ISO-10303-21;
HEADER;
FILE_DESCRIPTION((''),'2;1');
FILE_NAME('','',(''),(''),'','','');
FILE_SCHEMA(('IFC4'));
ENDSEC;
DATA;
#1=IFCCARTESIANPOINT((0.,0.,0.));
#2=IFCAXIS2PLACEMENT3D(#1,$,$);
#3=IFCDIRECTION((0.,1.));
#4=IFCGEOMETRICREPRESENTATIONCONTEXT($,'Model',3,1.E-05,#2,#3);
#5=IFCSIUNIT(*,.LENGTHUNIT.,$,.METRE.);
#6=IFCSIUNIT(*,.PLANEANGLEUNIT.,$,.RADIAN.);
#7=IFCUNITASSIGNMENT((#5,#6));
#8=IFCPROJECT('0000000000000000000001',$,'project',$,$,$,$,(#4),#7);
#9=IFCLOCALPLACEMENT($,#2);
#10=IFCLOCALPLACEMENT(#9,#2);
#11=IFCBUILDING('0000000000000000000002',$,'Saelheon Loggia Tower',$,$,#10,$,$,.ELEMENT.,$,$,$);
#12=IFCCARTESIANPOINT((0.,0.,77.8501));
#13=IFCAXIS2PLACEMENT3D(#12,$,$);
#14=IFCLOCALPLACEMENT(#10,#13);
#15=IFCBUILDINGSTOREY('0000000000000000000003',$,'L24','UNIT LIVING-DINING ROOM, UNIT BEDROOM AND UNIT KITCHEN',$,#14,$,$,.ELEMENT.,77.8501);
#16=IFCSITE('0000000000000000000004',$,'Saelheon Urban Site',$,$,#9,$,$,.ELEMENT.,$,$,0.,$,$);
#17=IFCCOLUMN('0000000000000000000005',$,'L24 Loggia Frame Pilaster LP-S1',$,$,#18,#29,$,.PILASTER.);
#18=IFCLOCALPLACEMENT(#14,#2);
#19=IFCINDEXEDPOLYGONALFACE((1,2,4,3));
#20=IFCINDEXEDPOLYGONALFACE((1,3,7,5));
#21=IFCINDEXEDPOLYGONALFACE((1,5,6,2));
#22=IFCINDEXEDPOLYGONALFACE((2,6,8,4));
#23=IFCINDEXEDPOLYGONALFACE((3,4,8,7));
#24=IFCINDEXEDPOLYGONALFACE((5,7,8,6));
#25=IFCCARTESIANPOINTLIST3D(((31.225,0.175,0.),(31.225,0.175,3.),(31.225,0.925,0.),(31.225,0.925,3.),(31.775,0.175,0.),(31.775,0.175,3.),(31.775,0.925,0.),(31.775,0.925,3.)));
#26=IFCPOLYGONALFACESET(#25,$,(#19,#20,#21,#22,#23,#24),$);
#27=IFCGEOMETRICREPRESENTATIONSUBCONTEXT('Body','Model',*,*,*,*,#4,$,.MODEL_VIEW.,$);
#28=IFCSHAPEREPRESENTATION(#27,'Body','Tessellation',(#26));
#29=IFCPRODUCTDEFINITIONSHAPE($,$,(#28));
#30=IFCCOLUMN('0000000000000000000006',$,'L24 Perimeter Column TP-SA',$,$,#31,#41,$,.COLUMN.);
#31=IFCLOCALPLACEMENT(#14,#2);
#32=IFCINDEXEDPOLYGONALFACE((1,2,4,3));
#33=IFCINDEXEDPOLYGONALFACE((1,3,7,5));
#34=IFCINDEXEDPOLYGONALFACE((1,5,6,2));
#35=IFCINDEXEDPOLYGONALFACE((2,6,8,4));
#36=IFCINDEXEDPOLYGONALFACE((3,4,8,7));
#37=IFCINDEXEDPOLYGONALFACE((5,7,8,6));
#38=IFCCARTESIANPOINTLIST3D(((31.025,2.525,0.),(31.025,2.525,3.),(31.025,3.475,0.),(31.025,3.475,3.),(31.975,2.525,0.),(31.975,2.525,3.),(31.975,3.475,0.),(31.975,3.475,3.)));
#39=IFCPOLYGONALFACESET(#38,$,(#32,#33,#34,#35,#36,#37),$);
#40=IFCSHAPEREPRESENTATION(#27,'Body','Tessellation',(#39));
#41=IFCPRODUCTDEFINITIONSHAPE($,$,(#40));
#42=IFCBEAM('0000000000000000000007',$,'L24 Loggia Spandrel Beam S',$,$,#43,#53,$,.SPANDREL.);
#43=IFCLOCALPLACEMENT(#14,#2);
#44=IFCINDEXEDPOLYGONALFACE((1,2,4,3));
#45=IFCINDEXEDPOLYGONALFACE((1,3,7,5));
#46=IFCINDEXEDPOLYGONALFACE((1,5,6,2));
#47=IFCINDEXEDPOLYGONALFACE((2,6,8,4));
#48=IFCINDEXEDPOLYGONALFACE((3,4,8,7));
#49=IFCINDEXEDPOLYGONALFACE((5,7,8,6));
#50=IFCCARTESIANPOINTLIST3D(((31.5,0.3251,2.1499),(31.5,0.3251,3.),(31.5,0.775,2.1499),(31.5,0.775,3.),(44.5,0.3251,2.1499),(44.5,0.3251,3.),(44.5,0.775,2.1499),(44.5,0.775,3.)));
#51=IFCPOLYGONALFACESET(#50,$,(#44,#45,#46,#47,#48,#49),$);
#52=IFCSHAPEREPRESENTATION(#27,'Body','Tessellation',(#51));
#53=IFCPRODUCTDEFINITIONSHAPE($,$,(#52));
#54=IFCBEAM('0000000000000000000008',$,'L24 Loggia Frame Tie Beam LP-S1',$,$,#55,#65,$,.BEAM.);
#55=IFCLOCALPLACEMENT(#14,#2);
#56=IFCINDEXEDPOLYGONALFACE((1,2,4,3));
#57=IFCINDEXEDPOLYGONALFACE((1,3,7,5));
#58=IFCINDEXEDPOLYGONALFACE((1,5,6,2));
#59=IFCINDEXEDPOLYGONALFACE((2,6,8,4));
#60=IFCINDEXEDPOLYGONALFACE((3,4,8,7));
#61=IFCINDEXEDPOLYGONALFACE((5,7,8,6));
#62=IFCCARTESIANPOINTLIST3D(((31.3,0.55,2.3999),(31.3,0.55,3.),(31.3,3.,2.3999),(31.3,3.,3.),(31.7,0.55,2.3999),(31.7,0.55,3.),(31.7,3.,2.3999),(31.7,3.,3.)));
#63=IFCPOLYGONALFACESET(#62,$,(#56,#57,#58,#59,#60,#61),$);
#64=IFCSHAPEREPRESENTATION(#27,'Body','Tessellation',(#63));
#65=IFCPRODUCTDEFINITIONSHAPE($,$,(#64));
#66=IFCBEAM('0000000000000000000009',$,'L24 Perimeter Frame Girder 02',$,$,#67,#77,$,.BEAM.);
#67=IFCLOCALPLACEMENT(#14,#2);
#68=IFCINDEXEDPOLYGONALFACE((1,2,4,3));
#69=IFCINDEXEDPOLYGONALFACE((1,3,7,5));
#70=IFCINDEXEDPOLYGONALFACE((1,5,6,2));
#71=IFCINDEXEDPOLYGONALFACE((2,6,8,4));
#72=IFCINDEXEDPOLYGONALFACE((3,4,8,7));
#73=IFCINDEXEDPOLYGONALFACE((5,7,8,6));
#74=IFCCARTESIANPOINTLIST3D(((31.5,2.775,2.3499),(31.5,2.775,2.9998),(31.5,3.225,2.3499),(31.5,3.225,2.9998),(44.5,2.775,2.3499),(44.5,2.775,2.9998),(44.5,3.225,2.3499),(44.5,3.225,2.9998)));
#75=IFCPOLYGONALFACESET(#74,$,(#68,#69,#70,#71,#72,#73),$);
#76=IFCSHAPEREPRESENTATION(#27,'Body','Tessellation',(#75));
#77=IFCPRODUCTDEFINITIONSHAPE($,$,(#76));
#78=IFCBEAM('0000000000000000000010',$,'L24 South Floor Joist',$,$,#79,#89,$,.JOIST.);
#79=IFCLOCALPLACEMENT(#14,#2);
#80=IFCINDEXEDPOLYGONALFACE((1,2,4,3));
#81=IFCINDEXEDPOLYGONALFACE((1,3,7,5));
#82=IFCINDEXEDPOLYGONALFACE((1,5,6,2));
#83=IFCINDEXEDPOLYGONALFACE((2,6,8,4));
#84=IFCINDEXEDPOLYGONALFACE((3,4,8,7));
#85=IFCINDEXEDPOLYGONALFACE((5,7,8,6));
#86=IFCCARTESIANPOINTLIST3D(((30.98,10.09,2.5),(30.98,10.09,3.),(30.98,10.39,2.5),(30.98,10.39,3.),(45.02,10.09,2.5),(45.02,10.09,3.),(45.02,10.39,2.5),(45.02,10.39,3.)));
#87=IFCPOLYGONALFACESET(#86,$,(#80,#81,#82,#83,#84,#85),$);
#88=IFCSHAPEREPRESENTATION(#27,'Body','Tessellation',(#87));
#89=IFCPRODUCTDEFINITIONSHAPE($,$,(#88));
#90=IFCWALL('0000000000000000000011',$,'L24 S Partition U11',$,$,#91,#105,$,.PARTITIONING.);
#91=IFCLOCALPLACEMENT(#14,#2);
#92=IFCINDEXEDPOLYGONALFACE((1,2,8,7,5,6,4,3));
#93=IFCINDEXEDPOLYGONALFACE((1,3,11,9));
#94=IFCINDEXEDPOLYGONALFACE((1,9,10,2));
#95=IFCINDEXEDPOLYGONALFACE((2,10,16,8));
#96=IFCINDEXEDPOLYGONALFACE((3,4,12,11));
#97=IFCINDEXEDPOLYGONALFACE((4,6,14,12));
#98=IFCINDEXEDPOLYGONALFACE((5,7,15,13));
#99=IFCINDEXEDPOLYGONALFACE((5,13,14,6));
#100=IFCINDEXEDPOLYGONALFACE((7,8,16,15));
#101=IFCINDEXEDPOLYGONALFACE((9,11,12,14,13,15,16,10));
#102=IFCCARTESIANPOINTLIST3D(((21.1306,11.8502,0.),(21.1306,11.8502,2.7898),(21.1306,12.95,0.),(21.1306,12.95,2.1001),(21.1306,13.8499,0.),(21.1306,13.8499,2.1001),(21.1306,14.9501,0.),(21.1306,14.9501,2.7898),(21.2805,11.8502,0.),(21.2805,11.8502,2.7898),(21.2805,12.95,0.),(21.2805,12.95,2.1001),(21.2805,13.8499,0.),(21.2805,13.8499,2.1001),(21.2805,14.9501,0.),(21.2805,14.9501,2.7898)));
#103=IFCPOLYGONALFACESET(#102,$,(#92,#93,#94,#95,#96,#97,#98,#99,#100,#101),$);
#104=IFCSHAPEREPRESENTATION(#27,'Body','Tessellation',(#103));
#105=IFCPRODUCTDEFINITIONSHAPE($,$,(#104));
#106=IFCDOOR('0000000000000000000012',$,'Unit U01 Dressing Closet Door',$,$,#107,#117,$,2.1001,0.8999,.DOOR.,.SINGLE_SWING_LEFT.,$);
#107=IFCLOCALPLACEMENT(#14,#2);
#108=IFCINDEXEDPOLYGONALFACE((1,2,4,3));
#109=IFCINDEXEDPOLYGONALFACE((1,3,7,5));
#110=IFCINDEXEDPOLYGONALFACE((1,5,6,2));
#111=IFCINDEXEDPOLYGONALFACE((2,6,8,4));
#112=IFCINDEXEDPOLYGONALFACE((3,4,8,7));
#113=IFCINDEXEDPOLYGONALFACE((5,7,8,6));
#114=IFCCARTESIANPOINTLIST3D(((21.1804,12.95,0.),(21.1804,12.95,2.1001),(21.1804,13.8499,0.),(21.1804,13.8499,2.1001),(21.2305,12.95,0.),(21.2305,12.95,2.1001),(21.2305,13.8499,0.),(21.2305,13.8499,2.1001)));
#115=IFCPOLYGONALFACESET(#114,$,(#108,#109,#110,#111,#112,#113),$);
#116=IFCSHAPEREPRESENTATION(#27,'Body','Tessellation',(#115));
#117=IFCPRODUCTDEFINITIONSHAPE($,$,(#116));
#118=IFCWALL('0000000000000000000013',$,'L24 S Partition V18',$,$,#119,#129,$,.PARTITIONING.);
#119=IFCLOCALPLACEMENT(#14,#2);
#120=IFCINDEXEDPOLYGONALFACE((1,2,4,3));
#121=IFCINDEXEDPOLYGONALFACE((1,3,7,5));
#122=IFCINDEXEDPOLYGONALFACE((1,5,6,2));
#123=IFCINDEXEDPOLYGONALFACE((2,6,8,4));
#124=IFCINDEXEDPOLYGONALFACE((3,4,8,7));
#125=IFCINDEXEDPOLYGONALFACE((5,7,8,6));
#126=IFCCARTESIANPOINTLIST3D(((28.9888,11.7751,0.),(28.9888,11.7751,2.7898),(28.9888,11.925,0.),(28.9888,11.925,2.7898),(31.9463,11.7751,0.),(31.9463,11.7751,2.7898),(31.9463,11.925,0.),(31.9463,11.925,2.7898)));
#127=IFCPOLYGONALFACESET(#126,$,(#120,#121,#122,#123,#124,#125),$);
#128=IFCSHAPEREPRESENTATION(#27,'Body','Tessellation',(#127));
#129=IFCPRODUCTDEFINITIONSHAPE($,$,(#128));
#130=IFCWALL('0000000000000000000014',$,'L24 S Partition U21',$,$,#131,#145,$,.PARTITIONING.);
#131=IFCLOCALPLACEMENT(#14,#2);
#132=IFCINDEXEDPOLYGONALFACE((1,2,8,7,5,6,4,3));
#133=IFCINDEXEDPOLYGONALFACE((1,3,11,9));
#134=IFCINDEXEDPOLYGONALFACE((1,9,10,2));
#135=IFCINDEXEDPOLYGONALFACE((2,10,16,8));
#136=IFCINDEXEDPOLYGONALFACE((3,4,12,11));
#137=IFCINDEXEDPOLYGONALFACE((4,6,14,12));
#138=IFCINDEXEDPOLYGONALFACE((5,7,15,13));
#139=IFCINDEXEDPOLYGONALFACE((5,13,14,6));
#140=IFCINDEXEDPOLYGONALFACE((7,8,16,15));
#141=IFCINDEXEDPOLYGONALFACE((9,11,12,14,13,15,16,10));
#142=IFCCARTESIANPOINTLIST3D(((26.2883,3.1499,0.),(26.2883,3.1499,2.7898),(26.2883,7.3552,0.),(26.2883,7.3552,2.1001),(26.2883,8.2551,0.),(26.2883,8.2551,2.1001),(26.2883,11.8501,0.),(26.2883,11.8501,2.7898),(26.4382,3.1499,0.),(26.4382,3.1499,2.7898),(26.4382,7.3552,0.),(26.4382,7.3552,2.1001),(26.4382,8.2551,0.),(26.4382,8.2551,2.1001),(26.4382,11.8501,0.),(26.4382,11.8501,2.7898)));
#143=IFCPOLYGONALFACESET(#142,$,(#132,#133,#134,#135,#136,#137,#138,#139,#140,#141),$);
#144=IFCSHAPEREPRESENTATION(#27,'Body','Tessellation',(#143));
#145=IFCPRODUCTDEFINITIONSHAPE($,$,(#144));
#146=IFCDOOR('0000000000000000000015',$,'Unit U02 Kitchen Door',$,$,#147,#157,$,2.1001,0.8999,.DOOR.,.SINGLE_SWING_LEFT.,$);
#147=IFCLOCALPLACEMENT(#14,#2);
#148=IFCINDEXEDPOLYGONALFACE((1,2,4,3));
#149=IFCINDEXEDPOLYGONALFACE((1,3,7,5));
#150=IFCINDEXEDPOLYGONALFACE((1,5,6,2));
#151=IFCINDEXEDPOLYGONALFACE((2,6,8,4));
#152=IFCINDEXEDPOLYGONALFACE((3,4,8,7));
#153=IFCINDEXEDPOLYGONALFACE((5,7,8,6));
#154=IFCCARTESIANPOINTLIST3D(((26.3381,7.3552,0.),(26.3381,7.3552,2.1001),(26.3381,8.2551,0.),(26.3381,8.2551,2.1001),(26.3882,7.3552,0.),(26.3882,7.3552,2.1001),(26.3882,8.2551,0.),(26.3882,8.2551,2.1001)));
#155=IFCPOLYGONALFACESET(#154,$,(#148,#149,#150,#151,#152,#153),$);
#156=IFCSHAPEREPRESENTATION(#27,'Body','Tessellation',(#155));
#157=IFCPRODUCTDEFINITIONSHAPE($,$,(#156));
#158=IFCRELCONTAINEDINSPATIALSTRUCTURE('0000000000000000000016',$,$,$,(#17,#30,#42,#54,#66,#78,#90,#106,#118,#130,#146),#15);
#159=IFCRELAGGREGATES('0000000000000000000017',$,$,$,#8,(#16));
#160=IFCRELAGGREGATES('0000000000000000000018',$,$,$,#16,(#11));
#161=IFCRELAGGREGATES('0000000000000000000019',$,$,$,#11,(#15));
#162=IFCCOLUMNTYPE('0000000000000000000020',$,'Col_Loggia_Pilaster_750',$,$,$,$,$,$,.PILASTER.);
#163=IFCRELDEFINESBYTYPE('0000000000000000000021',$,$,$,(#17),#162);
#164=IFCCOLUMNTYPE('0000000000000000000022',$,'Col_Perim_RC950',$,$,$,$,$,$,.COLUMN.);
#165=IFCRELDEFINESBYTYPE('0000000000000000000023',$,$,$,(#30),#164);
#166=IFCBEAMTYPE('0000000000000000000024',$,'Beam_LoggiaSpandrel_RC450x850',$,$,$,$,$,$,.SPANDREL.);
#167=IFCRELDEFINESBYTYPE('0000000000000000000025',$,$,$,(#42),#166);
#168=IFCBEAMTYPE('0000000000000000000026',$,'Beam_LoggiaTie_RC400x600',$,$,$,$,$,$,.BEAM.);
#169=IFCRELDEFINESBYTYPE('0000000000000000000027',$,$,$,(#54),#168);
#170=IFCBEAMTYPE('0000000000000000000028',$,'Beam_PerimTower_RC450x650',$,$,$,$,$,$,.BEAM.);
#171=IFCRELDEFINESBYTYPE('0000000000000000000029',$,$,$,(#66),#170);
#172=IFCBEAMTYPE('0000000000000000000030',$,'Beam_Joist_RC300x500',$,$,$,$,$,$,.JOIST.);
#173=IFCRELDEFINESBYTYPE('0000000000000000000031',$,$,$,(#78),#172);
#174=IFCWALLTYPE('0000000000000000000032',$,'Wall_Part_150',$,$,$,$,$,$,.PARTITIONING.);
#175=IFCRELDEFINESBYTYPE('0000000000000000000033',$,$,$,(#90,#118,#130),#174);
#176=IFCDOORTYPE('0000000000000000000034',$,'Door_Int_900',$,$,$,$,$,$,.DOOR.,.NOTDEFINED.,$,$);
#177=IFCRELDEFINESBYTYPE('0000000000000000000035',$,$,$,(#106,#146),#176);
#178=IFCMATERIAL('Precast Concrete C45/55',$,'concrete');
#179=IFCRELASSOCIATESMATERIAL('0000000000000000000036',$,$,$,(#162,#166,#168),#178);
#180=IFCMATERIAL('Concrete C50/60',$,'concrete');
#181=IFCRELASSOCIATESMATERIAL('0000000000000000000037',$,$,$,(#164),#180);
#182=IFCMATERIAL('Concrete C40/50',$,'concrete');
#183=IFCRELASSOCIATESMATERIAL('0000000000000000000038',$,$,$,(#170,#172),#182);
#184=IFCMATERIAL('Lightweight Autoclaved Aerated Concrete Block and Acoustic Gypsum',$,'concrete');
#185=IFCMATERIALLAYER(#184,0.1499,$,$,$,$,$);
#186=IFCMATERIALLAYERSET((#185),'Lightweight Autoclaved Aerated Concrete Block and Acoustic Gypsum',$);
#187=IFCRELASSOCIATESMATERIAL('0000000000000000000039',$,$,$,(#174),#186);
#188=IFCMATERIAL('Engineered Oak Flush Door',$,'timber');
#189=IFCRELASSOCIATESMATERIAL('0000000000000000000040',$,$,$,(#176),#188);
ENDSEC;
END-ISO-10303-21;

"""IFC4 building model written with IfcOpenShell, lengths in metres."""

from ifc_helpers import new_model, si_unit, direction, frame, frame_2d, origin, origin_2d, place, context, subcontext, project, spatial, rectangle, extrude, source, transform, mapped, material, layer, layer_set, material_profile, profile_set, type_object, element, fill, save


model = new_model("IFC4")

# Units and contexts
model_context = context("Model", 3, precision=1e-05, world=origin(), true_north=direction((0.0, 1.0)))
body_context = subcontext(model_context, "Body", "Model", "MODEL_VIEW")
ifc_project = project(units=[si_unit("LENGTHUNIT", "METRE"), si_unit("PLANEANGLEUNIT", "RADIAN")], contexts=[model_context])

# Site, building, storey
site_placement = place(None, origin())
site = spatial("IfcSite", under=ifc_project, at=site_placement, Name="Saelheon Urban Site", CompositionType="ELEMENT", RefElevation=0.0)
building_placement = place(site_placement, origin())
building = spatial("IfcBuilding", under=site, at=building_placement, Name="Saelheon Loggia Tower", CompositionType="ELEMENT")
storey_placement = place(building_placement, frame((0.0, 0.0, 77.8501)))
storey = spatial("IfcBuildingStorey", under=building, at=storey_placement, Name="L24", Description="UNIT LIVING-DINING ROOM, UNIT BEDROOM AND UNIT KITCHEN", CompositionType="ELEMENT", Elevation=77.8501)

# Columns
ifc_material_1 = material(Name="Precast Concrete C45/55", Category="concrete")
ifc_material_profile_1 = material_profile(ifc_material_1, rectangle(XDim=0.55, YDim=0.75, at=origin_2d()), Name="RC-550x750")
ifc_profile_set_1 = profile_set([ifc_material_profile_1], Name="Precast Concrete C45/55")
column_type_1 = type_object("IfcColumnType", Name="Col_Loggia_Pilaster_750", PredefinedType="PILASTER", material=ifc_profile_set_1)
shared_shape_1 = source(origin(), body_context, "Body", "SweptSolid", [
    extrude(rectangle(XDim=0.55, YDim=0.75, at=origin_2d()), origin(), (0.0, 0.0, 1.0), 3.0),
])
column_1_placement = place(storey_placement, frame((31.5, 0.55, 0.0), z_axis=(0.0, 0.0, 1.0), x_axis=(1.0, 0.0, 0.0)))
element("IfcColumn", 1, at=column_1_placement, inside=storey, type_object=column_type_1, Name="L24 Loggia Frame Pilaster LP-S1", PredefinedType="PILASTER", context=body_context, shape_type="MappedRepresentation", body=[
    mapped(shared_shape_1, transform((0.0, 0.0, 0.0), scale=1.0)),
])
ifc_material_2 = material(Name="Concrete C50/60", Category="concrete")
ifc_material_profile_2 = material_profile(ifc_material_2, rectangle(XDim=0.95, YDim=0.95, at=origin_2d()), Name="RC-950x950")
ifc_profile_set_2 = profile_set([ifc_material_profile_2], Name="Concrete C50/60")
column_type_2 = type_object("IfcColumnType", Name="Col_Perim_RC950", PredefinedType="COLUMN", material=ifc_profile_set_2)
shared_shape_2 = source(origin(), body_context, "Body", "SweptSolid", [
    extrude(rectangle(XDim=0.95, YDim=0.95, at=origin_2d()), origin(), (0.0, 0.0, 1.0), 3.0),
])
column_2_placement = place(storey_placement, frame((31.5, 3.0, 0.0), z_axis=(0.0, 0.0, 1.0), x_axis=(1.0, 0.0, 0.0)))
element("IfcColumn", 2, at=column_2_placement, inside=storey, type_object=column_type_2, Name="L24 Perimeter Column TP-SA", PredefinedType="COLUMN", context=body_context, shape_type="MappedRepresentation", body=[
    mapped(shared_shape_2, transform((0.0, 0.0, 0.0), scale=1.0)),
])

# Beams
ifc_material_profile_3 = material_profile(ifc_material_1, rectangle(XDim=0.45, YDim=0.8501, at=origin_2d()), Name="RC-450x850")
ifc_profile_set_3 = profile_set([ifc_material_profile_3], Name="Precast Concrete C45/55")
beam_type_1 = type_object("IfcBeamType", Name="Beam_LoggiaSpandrel_RC450x850", PredefinedType="SPANDREL", material=ifc_profile_set_3)
shared_shape_3 = source(origin(), body_context, "Body", "SweptSolid", [
    extrude(rectangle(XDim=0.45, YDim=0.8501, at=origin_2d()), origin(), (0.0, 0.0, 1.0), 13.0),
])
beam_1_placement = place(storey_placement, frame((31.5, 0.55, 2.575), z_axis=(1.0, 0.0, 0.0), x_axis=(0.0, 1.0, 0.0)))
element("IfcBeam", 3, at=beam_1_placement, inside=storey, type_object=beam_type_1, Name="L24 Loggia Spandrel Beam S", PredefinedType="SPANDREL", context=body_context, shape_type="MappedRepresentation", body=[
    mapped(shared_shape_3, transform((0.0, 0.0, 0.0), scale=1.0)),
])
ifc_material_profile_4 = material_profile(ifc_material_1, rectangle(XDim=0.3999, YDim=0.6001, at=origin_2d()), Name="RC-400x600")
ifc_profile_set_4 = profile_set([ifc_material_profile_4], Name="Precast Concrete C45/55")
beam_type_2 = type_object("IfcBeamType", Name="Beam_LoggiaTie_RC400x600", PredefinedType="BEAM", material=ifc_profile_set_4)
shared_shape_4 = source(origin(), body_context, "Body", "SweptSolid", [
    extrude(rectangle(XDim=0.3999, YDim=0.6001, at=origin_2d()), origin(), (0.0, 0.0, 1.0), 2.45),
])
beam_2_placement = place(storey_placement, frame((31.5, 3.0, 2.7), z_axis=(0.0, -1.0, 0.0), x_axis=(1.0, 0.0, 0.0)))
element("IfcBeam", 4, at=beam_2_placement, inside=storey, type_object=beam_type_2, Name="L24 Loggia Frame Tie Beam LP-S1", PredefinedType="BEAM", context=body_context, shape_type="MappedRepresentation", body=[
    mapped(shared_shape_4, transform((0.0, 0.0, 0.0), scale=1.0)),
])
ifc_material_3 = material(Name="Concrete C40/50", Category="concrete")
ifc_material_profile_5 = material_profile(ifc_material_3, rectangle(XDim=0.45, YDim=0.6499, at=origin_2d()), Name="RC-450x650")
ifc_profile_set_5 = profile_set([ifc_material_profile_5], Name="Concrete C40/50")
beam_type_3 = type_object("IfcBeamType", Name="Beam_PerimTower_RC450x650", PredefinedType="BEAM", material=ifc_profile_set_5)
shared_shape_5 = source(origin(), body_context, "Body", "SweptSolid", [
    extrude(rectangle(XDim=0.45, YDim=0.6499, at=origin_2d()), origin(), (0.0, 0.0, 1.0), 13.0),
])
beam_3_placement = place(storey_placement, frame((31.5, 3.0, 2.6748), z_axis=(1.0, 0.0, 0.0), x_axis=(0.0, 1.0, 0.0)))
element("IfcBeam", 5, at=beam_3_placement, inside=storey, type_object=beam_type_3, Name="L24 Perimeter Frame Girder 02", PredefinedType="BEAM", context=body_context, shape_type="MappedRepresentation", body=[
    mapped(shared_shape_5, transform((0.0, 0.0, 0.0), scale=1.0)),
])
ifc_material_profile_6 = material_profile(ifc_material_3, rectangle(XDim=0.3, YDim=0.5, at=origin_2d()), Name="RC-300x500")
ifc_profile_set_6 = profile_set([ifc_material_profile_6], Name="Concrete C40/50")
beam_type_4 = type_object("IfcBeamType", Name="Beam_Joist_RC300x500", PredefinedType="JOIST", material=ifc_profile_set_6)
shared_shape_6 = source(origin(), body_context, "Body", "SweptSolid", [
    extrude(rectangle(XDim=0.3, YDim=0.5, at=origin_2d()), origin(), (0.0, 0.0, 1.0), 14.04),
])
beam_4_placement = place(storey_placement, frame((30.98, 10.24, 2.75), z_axis=(1.0, 0.0, 0.0), x_axis=(0.0, 1.0, 0.0)))
element("IfcBeam", 6, at=beam_4_placement, inside=storey, type_object=beam_type_4, Name="L24 South Floor Joist", PredefinedType="JOIST", context=body_context, shape_type="MappedRepresentation", body=[
    mapped(shared_shape_6, transform((0.0, 0.0, 0.0), scale=1.0)),
])

# Wall, opening, door
ifc_material_4 = material(Name="Lightweight Autoclaved Aerated Concrete Block and Acoustic Gypsum", Category="concrete")
ifc_layer_1 = layer(ifc_material_4, 0.1499)
ifc_layer_set_1 = layer_set([ifc_layer_1], Name="Lightweight Autoclaved Aerated Concrete Block and Acoustic Gypsum")
wall_type_1 = type_object("IfcWallType", Name="Wall_Part_150", PredefinedType="PARTITIONING", material=ifc_layer_set_1)
wall_1_placement = place(storey_placement, frame((21.2056, 14.95, 0.0), z_axis=(0.0, 0.0, 1.0), x_axis=(0.0, -1.0, 0.0)))
wall_1 = element("IfcWall", 7, at=wall_1_placement, inside=storey, type_object=wall_type_1, Name="L24 S Partition U11", PredefinedType="PARTITIONING", context=body_context, shape_type="SweptSolid", body=[
    extrude(rectangle(XDim=3.0999, YDim=0.1499, at=frame_2d((1.5498, 0.0))), origin(), (0.0, 0.0, 1.0), 2.7898),
])
opening_1_placement = place(wall_1_placement, frame((1.1001, 0.0, 0.0)))
opening_1 = element("IfcOpeningElement", 8, at=opening_1_placement, cuts=wall_1, PredefinedType="OPENING", context=body_context, shape_type="SweptSolid", body=[
    extrude(rectangle(XDim=0.8999, YDim=2.1001, at=frame_2d((0.45, 1.05))), frame((0.0, 0.0869, 0.0), z_axis=(0.0, -1.0, 0.0), x_axis=(1.0, 0.0, 0.0)), (0.0, 0.0, 1.0), 0.1738),
])
ifc_material_5 = material(Name="Engineered Oak Flush Door", Category="timber")
door_type_1 = type_object("IfcDoorType", Name="Door_Int_900", OperationType="NOTDEFINED", PredefinedType="DOOR", material=ifc_material_5)
shared_shape_7 = source(origin(), body_context, "Body", "SweptSolid", [
    extrude(rectangle(XDim=0.8999, YDim=2.1001, at=frame_2d((0.45, 1.05))), frame((0.0, 0.0249, 0.0), z_axis=(0.0, -1.0, 0.0), x_axis=(1.0, 0.0, 0.0)), (0.0, 0.0, 1.0), 0.05),
])
door_1_placement = place(opening_1_placement, origin())
door_1 = element("IfcDoor", 9, at=door_1_placement, inside=storey, type_object=door_type_1, Name="Unit U01 Dressing Closet Door", OperationType="SINGLE_SWING_LEFT", OverallHeight=2.1001, OverallWidth=0.8999, PredefinedType="DOOR", context=body_context, shape_type="MappedRepresentation", body=[
    mapped(shared_shape_7, transform((0.0, 0.0, 0.0), scale=1.0)),
])
fill(opening_1, door_1)

# Wall
wall_2_placement = place(storey_placement, frame((28.9888, 11.8501, 0.0), z_axis=(0.0, 0.0, 1.0), x_axis=(1.0, 0.0, 0.0)))
element("IfcWall", 10, at=wall_2_placement, inside=storey, type_object=wall_type_1, Name="L24 S Partition V18", PredefinedType="PARTITIONING", context=body_context, shape_type="SweptSolid", body=[
    extrude(rectangle(XDim=2.9575, YDim=0.1499, at=frame_2d((1.4788, 0.0))), origin(), (0.0, 0.0, 1.0), 2.7898),
])

# Wall, opening, door
wall_3_placement = place(storey_placement, frame((26.3633, 11.8501, 0.0), z_axis=(0.0, 0.0, 1.0), x_axis=(0.0, -1.0, 0.0)))
wall_3 = element("IfcWall", 11, at=wall_3_placement, inside=storey, type_object=wall_type_1, Name="L24 S Partition U21", PredefinedType="PARTITIONING", context=body_context, shape_type="SweptSolid", body=[
    extrude(rectangle(XDim=8.7002, YDim=0.1499, at=frame_2d((4.3501, 0.0))), origin(), (0.0, 0.0, 1.0), 2.7898),
])
opening_2_placement = place(wall_3_placement, frame((3.595, 0.0, 0.0)))
opening_2 = element("IfcOpeningElement", 12, at=opening_2_placement, cuts=wall_3, PredefinedType="OPENING", context=body_context, shape_type="SweptSolid", body=[
    extrude(rectangle(XDim=0.8999, YDim=2.1001, at=frame_2d((0.45, 1.05))), frame((0.0, 0.0869, 0.0), z_axis=(0.0, -1.0, 0.0), x_axis=(1.0, 0.0, 0.0)), (0.0, 0.0, 1.0), 0.1738),
])
door_2_placement = place(opening_2_placement, origin())
door_2 = element("IfcDoor", 13, at=door_2_placement, inside=storey, type_object=door_type_1, Name="Unit U02 Kitchen Door", OperationType="SINGLE_SWING_LEFT", OverallHeight=2.1001, OverallWidth=0.8999, PredefinedType="DOOR", context=body_context, shape_type="MappedRepresentation", body=[
    mapped(shared_shape_7, transform((0.0, 0.0, 0.0), scale=1.0)),
])
fill(opening_2, door_2)

save(model, "model.ifc")
